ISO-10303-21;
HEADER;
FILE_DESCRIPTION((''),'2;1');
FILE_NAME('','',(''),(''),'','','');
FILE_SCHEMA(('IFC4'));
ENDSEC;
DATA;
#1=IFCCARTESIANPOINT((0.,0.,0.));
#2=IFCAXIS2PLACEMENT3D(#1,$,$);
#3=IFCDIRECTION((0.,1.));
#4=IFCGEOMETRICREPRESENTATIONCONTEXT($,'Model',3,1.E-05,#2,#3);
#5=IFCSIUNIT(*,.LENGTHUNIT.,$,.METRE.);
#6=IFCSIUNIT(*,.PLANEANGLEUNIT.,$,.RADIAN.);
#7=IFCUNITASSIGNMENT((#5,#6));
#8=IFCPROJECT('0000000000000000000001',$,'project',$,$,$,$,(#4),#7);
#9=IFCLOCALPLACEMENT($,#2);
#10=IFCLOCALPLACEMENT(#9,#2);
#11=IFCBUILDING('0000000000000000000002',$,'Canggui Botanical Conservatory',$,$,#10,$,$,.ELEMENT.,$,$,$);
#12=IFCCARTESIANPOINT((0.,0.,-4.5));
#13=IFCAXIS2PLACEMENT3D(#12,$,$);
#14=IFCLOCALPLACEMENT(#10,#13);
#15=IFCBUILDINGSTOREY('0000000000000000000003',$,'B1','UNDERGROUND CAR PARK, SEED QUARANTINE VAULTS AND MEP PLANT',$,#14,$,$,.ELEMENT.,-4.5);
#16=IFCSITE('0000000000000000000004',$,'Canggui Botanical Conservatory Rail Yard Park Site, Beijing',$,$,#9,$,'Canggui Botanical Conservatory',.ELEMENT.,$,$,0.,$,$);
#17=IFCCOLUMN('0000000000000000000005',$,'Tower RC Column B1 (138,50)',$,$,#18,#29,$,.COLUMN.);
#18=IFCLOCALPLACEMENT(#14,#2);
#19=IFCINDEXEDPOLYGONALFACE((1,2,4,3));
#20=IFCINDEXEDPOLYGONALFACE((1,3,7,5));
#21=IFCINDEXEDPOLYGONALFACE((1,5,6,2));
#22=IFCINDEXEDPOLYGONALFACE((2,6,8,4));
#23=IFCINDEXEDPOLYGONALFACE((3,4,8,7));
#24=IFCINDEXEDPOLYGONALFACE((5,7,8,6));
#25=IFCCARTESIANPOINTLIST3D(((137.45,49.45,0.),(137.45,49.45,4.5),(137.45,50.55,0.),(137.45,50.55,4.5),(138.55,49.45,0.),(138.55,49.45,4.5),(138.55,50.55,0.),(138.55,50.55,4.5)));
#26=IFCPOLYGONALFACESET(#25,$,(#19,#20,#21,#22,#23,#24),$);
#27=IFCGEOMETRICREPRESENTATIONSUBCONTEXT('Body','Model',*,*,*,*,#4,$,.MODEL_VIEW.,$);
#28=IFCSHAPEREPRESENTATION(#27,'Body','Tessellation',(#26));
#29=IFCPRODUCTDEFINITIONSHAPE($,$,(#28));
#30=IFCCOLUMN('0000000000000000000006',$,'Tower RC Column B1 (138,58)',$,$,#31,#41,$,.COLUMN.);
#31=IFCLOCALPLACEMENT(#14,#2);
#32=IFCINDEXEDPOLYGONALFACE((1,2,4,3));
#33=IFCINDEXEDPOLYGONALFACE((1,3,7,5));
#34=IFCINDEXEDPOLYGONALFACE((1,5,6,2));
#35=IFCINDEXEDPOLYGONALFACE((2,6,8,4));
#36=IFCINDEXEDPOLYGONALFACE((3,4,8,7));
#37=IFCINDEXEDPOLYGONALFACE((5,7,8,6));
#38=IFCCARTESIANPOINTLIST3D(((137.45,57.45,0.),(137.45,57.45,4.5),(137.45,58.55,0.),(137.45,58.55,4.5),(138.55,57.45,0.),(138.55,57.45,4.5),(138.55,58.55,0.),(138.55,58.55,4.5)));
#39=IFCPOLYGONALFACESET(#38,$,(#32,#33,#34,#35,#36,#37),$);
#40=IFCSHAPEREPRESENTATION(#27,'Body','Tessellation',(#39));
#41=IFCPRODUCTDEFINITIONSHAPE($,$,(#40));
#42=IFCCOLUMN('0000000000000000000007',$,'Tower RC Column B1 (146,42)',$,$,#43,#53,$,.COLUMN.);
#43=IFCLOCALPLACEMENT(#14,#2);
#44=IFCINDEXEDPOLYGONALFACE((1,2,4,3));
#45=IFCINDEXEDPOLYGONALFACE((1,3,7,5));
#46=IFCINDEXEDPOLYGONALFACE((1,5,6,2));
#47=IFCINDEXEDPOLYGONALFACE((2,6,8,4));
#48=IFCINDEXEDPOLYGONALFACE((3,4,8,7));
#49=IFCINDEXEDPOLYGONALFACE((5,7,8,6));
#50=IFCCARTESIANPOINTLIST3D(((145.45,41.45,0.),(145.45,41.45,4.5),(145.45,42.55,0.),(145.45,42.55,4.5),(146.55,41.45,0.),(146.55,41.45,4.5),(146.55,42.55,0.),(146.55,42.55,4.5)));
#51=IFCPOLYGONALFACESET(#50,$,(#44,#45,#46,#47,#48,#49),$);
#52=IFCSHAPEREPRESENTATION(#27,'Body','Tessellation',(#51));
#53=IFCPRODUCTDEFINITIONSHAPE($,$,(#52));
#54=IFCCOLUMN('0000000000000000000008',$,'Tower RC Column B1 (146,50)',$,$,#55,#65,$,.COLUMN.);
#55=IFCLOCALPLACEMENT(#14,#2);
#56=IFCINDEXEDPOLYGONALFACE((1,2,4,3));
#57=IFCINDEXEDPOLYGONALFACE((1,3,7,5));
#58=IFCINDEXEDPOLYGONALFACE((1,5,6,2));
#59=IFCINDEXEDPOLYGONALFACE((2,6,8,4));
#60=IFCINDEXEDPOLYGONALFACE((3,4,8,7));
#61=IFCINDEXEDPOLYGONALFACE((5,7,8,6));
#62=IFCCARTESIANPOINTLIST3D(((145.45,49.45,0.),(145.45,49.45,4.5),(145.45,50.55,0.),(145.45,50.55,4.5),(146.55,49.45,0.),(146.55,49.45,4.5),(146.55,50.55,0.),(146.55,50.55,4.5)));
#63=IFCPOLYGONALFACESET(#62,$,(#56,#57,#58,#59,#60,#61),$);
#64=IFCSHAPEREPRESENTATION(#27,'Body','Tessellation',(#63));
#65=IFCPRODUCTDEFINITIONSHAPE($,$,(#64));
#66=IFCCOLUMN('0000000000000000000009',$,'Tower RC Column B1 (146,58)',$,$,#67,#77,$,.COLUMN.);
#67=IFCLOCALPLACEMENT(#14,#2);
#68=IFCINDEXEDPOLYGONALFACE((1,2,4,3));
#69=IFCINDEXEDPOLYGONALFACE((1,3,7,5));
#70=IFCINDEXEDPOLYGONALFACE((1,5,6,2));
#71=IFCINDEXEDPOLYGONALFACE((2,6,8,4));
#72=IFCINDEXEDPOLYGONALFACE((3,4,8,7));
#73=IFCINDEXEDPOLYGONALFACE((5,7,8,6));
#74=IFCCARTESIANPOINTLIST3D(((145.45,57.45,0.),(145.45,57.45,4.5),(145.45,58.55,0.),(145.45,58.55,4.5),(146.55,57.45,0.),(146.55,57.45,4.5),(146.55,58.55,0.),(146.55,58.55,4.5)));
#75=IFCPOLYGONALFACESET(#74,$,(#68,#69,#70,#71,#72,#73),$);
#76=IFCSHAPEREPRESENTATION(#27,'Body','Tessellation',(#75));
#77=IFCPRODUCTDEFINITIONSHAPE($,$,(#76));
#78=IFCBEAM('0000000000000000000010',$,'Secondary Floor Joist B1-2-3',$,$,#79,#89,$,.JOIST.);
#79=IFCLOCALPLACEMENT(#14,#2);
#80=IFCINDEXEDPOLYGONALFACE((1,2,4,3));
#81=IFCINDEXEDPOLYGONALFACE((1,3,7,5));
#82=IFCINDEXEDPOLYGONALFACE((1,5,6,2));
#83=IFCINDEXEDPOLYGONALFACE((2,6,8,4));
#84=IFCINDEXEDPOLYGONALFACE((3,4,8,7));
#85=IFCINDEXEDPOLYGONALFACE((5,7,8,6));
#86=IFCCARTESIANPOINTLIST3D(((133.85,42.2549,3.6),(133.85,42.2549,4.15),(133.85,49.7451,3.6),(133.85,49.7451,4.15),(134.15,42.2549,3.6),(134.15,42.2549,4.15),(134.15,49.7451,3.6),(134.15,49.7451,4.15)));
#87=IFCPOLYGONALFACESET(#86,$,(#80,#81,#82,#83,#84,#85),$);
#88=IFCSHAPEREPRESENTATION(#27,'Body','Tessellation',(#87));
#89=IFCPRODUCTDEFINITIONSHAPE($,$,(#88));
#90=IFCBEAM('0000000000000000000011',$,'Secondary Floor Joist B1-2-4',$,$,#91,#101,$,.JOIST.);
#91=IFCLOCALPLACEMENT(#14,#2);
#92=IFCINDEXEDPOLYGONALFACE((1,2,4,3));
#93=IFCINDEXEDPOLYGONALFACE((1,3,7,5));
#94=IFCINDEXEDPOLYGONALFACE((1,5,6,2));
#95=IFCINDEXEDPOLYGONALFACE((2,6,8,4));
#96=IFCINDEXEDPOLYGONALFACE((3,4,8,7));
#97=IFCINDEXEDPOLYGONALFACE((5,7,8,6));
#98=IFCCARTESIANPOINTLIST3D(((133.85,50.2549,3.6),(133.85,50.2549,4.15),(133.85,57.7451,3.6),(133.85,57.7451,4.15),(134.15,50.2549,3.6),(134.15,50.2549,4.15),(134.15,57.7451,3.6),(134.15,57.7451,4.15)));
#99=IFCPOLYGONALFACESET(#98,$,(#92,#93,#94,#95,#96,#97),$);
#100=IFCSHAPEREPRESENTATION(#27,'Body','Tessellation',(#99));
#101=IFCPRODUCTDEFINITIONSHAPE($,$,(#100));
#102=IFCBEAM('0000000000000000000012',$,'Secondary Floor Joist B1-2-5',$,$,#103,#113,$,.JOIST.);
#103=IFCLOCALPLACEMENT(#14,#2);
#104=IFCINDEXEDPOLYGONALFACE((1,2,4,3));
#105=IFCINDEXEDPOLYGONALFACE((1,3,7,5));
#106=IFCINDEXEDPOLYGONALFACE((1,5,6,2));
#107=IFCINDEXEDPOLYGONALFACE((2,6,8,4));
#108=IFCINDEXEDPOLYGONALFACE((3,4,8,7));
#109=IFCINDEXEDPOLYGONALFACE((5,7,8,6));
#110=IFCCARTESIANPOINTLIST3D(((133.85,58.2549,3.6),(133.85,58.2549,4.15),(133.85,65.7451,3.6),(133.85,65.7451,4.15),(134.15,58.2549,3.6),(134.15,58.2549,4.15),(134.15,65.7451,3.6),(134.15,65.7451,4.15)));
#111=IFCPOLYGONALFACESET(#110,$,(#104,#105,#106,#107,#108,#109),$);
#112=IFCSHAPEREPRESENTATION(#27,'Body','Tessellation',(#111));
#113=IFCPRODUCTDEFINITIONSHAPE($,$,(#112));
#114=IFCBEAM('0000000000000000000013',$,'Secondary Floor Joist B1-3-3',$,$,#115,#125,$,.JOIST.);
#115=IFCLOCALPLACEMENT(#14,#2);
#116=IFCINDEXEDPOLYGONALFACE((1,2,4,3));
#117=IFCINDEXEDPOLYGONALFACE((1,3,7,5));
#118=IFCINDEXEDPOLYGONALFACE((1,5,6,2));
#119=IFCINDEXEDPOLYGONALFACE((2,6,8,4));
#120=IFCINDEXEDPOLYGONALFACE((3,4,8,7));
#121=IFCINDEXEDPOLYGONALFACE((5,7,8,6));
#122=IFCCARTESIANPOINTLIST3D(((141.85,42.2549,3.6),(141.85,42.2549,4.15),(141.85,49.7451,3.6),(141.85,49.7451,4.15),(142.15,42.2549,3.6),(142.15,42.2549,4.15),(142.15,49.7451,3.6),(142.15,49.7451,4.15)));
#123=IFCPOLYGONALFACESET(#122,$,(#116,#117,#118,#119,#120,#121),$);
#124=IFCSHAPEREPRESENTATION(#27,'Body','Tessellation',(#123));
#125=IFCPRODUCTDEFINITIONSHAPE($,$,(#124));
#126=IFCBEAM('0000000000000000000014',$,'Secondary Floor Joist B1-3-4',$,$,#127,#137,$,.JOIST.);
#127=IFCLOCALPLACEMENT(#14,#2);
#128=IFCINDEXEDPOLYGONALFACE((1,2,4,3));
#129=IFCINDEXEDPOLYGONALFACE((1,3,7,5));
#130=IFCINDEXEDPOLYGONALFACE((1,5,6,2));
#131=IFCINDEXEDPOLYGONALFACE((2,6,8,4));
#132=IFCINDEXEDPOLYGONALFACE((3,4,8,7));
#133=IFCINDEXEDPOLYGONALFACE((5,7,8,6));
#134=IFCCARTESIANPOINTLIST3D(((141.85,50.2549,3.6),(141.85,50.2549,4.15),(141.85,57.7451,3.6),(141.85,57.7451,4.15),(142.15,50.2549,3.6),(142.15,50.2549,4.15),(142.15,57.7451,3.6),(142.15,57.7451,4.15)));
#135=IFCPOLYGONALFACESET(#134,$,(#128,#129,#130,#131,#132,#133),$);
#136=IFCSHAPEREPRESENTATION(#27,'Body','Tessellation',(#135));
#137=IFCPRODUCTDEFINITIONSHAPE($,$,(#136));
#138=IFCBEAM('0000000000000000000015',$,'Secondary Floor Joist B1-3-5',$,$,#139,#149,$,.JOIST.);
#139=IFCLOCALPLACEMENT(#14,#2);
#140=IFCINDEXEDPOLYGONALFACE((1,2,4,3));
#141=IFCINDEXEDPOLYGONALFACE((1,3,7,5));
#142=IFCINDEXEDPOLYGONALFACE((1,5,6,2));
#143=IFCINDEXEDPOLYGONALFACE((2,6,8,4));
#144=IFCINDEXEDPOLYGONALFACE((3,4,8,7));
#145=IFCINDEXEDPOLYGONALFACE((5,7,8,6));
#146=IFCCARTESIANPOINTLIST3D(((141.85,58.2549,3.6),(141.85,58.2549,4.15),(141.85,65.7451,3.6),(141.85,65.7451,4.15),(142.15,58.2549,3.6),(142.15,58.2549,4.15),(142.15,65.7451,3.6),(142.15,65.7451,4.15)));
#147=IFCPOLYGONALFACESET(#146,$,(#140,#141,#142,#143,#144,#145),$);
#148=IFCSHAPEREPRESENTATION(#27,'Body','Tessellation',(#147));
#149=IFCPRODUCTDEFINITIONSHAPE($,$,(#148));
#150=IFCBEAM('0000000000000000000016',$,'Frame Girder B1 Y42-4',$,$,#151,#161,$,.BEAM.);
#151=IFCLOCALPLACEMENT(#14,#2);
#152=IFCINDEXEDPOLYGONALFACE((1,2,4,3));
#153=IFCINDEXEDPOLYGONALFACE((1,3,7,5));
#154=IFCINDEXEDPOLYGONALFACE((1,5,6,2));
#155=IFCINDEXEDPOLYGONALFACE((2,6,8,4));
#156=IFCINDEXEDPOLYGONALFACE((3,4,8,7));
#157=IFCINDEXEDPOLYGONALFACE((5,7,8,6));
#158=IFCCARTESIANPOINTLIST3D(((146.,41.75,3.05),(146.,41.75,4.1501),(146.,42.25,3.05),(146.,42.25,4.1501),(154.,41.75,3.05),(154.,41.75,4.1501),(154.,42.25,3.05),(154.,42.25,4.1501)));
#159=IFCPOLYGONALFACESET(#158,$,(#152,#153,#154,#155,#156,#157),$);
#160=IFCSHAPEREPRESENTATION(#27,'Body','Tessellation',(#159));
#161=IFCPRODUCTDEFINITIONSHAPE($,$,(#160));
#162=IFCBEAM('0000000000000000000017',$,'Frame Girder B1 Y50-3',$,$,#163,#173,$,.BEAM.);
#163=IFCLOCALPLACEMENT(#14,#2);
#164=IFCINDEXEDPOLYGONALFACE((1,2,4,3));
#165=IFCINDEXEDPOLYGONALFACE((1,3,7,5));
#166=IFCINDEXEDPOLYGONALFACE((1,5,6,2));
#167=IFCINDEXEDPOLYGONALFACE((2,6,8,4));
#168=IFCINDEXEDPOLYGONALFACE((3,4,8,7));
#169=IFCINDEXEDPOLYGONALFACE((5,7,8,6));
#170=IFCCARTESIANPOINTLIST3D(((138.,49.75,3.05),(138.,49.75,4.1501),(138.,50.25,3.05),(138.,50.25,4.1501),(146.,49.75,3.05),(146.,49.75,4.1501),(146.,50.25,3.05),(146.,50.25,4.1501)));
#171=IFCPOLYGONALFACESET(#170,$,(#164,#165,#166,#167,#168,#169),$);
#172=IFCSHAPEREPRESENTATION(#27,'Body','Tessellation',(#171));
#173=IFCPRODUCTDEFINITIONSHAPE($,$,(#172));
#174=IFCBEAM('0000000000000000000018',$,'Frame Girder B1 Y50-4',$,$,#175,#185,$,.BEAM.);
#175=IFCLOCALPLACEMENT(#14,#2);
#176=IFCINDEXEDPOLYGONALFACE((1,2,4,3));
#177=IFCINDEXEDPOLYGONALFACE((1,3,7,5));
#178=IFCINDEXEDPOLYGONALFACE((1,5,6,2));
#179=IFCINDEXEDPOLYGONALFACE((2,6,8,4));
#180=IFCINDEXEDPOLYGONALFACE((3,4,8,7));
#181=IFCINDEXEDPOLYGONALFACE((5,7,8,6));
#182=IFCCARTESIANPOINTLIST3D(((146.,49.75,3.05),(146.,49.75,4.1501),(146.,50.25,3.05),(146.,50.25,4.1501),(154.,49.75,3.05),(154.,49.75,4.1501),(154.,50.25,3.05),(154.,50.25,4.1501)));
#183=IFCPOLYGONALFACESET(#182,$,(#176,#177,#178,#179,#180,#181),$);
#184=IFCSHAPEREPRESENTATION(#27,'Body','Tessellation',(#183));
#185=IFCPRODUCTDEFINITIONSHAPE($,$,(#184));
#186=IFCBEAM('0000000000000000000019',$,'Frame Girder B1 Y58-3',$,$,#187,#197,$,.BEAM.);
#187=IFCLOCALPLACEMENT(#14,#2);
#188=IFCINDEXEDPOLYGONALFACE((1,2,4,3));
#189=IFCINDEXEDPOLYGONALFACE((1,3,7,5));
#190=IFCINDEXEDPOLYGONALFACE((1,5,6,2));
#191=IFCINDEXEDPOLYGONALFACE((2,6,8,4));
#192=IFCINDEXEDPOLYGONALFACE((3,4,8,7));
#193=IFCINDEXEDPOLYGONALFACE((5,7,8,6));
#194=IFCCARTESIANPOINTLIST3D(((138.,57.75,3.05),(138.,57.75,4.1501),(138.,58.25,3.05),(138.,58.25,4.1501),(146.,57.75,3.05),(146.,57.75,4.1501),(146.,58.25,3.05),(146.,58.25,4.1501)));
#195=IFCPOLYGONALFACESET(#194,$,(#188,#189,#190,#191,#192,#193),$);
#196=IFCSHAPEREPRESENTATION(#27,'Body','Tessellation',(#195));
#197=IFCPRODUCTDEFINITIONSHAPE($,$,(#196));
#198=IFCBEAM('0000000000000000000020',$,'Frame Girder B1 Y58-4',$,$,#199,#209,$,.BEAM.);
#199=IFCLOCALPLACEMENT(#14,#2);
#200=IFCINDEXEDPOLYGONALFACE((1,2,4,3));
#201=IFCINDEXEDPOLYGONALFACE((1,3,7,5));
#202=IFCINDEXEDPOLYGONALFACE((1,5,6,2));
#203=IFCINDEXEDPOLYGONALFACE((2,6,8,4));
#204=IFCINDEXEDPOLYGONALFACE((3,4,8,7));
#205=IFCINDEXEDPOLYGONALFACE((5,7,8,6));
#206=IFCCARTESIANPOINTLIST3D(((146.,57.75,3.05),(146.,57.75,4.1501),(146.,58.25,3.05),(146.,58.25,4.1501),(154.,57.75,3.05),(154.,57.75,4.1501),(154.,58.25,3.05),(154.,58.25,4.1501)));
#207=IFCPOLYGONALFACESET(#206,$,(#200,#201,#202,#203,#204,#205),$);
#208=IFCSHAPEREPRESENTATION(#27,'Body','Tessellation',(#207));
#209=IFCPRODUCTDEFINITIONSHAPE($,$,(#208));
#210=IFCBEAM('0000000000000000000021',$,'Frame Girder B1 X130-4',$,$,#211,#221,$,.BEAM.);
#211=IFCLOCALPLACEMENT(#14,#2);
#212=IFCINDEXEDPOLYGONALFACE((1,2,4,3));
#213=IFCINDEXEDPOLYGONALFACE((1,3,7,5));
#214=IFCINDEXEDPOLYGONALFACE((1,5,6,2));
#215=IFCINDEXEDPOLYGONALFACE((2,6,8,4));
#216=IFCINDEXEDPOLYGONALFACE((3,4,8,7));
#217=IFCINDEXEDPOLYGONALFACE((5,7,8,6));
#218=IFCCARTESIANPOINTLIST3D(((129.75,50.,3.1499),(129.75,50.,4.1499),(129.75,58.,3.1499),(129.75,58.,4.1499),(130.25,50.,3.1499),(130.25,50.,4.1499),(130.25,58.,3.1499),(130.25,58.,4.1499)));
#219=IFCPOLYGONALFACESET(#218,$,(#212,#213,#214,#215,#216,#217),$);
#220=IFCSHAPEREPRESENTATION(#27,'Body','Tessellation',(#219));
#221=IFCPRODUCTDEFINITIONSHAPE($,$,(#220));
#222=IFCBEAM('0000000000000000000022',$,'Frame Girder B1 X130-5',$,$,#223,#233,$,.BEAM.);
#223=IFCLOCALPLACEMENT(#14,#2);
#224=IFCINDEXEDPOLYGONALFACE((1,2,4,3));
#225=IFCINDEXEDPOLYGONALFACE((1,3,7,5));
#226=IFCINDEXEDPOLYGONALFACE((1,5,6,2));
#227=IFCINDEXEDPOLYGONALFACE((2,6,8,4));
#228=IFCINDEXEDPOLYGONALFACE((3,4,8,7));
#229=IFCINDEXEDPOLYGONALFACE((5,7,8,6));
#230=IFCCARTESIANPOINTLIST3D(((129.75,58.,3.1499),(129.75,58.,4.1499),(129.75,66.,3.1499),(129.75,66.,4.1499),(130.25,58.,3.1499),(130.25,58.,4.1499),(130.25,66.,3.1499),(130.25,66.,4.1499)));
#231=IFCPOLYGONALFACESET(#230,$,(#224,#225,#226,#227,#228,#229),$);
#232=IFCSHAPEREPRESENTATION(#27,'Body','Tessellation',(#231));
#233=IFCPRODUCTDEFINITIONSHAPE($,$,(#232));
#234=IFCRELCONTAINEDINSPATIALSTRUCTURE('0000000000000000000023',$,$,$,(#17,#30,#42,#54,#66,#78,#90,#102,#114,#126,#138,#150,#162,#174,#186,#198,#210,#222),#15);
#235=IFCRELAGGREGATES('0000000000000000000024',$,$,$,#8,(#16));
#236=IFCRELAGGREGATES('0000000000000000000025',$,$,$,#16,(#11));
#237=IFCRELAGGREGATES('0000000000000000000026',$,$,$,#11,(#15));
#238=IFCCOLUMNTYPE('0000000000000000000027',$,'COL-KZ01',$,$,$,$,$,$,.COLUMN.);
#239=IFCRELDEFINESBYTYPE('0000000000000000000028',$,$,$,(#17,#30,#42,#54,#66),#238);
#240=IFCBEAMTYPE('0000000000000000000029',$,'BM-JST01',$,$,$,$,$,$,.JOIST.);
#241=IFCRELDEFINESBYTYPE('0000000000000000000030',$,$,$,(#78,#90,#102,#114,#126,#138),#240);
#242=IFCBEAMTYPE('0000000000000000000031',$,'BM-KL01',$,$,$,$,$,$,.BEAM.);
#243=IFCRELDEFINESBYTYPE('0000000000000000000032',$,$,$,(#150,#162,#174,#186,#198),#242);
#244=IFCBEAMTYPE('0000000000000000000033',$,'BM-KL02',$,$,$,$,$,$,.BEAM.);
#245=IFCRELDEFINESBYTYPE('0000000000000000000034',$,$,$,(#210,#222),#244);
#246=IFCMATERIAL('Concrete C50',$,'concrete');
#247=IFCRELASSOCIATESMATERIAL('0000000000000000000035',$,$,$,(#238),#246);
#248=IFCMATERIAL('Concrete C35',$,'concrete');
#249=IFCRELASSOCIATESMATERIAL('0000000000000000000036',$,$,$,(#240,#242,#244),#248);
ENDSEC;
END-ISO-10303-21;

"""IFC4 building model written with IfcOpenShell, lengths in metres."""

from ifc_helpers import new_model, si_unit, direction, frame, origin, origin_2d, place, context, subcontext, project, spatial, rectangle, extrude, material, material_profile, profile_set, type_object, element, save


model = new_model("IFC4")

# Units and contexts
model_context = context("Model", 3, precision=1e-05, world=origin(), true_north=direction((0.0, 1.0)))
body_context = subcontext(model_context, "Body", "Model", "MODEL_VIEW")
ifc_project = project(units=[si_unit("LENGTHUNIT", "METRE"), si_unit("PLANEANGLEUNIT", "RADIAN")], contexts=[model_context])

# Site, building, storey
site_placement = place(None, origin())
site = spatial("IfcSite", under=ifc_project, at=site_placement, Name="Canggui Botanical Conservatory Rail Yard Park Site, Beijing", LongName="Canggui Botanical Conservatory", CompositionType="ELEMENT", RefElevation=0.0)
building_placement = place(site_placement, origin())
building = spatial("IfcBuilding", under=site, at=building_placement, Name="Canggui Botanical Conservatory", CompositionType="ELEMENT")
storey_placement = place(building_placement, frame((0.0, 0.0, -4.5)))
storey = spatial("IfcBuildingStorey", under=building, at=storey_placement, Name="B1", Description="UNDERGROUND CAR PARK, SEED QUARANTINE VAULTS AND MEP PLANT", CompositionType="ELEMENT", Elevation=-4.5)

# Columns
ifc_material_1 = material(Name="Concrete C50", Category="concrete")
ifc_material_profile_1 = material_profile(ifc_material_1, rectangle(XDim=1.1001, YDim=1.1001, at=origin_2d()), Name="RC 1100x1100")
ifc_profile_set_1 = profile_set([ifc_material_profile_1], Name="Concrete C50")
column_type = type_object("IfcColumnType", Name="COL-KZ01", PredefinedType="COLUMN", material=ifc_profile_set_1)
for number, where, z_axis, x_axis, name in (
    (1, (138.0, 50.0, 0.0), (0.0, 0.0, 1.0), (1.0, 0.0, 0.0), "Tower RC Column B1 (138,50)"),
    (2, (138.0, 58.0, 0.0), (0.0, 0.0, 1.0), (1.0, 0.0, 0.0), "Tower RC Column B1 (138,58)"),
    (3, (146.0, 42.0, 0.0), (0.0, 0.0, 1.0), (1.0, 0.0, 0.0), "Tower RC Column B1 (146,42)"),
    (4, (146.0, 50.0, 0.0), (0.0, 0.0, 1.0), (1.0, 0.0, 0.0), "Tower RC Column B1 (146,50)"),
    (5, (146.0, 58.0, 0.0), (0.0, 0.0, 1.0), (1.0, 0.0, 0.0), "Tower RC Column B1 (146,58)"),
):
    element("IfcColumn", number, at=place(storey_placement, frame(where, z_axis=z_axis, x_axis=x_axis)), inside=storey, type_object=column_type, Name=name, PredefinedType="COLUMN", context=body_context, shape_type="SweptSolid", body=[
        extrude(rectangle(XDim=1.1001, YDim=1.1001, at=origin_2d()), origin(), (0.0, 0.0, 1.0), 4.5),
    ])

# Beams
ifc_material_2 = material(Name="Concrete C35", Category="concrete")
ifc_material_profile_2 = material_profile(ifc_material_2, rectangle(XDim=0.3, YDim=0.55, at=origin_2d()), Name="RB 300x550")
ifc_profile_set_2 = profile_set([ifc_material_profile_2], Name="Concrete C35")
beam_type_1 = type_object("IfcBeamType", Name="BM-JST01", PredefinedType="JOIST", material=ifc_profile_set_2)
for number, where, z_axis, x_axis, name in (
    (6, (134.0, 42.2549, 3.875), (0.0, 1.0, 0.0), (-1.0, 0.0, 0.0), "Secondary Floor Joist B1-2-3"),
    (7, (134.0, 50.2549, 3.875), (0.0, 1.0, 0.0), (-1.0, 0.0, 0.0), "Secondary Floor Joist B1-2-4"),
    (8, (134.0, 58.2549, 3.875), (0.0, 1.0, 0.0), (-1.0, 0.0, 0.0), "Secondary Floor Joist B1-2-5"),
    (9, (142.0, 42.2549, 3.875), (0.0, 1.0, 0.0), (-1.0, 0.0, 0.0), "Secondary Floor Joist B1-3-3"),
    (10, (142.0, 50.2549, 3.875), (0.0, 1.0, 0.0), (-1.0, 0.0, 0.0), "Secondary Floor Joist B1-3-4"),
    (11, (142.0, 58.2549, 3.875), (0.0, 1.0, 0.0), (-1.0, 0.0, 0.0), "Secondary Floor Joist B1-3-5"),
):
    element("IfcBeam", number, at=place(storey_placement, frame(where, z_axis=z_axis, x_axis=x_axis)), inside=storey, type_object=beam_type_1, Name=name, PredefinedType="JOIST", context=body_context, shape_type="SweptSolid", body=[
        extrude(rectangle(XDim=0.3, YDim=0.55, at=origin_2d()), origin(), (0.0, 0.0, 1.0), 7.4902),
    ])
ifc_material_profile_3 = material_profile(ifc_material_2, rectangle(XDim=0.5, YDim=1.1001, at=origin_2d()), Name="RB 500x1100")
ifc_profile_set_3 = profile_set([ifc_material_profile_3], Name="Concrete C35")
beam_type_2 = type_object("IfcBeamType", Name="BM-KL01", PredefinedType="BEAM", material=ifc_profile_set_3)
for number, where, z_axis, x_axis, name in (
    (12, (146.0, 42.0, 3.6001), (1.0, 0.0, 0.0), (0.0, 1.0, 0.0), "Frame Girder B1 Y42-4"),
    (13, (138.0, 50.0, 3.6001), (1.0, 0.0, 0.0), (0.0, 1.0, 0.0), "Frame Girder B1 Y50-3"),
    (14, (146.0, 50.0, 3.6001), (1.0, 0.0, 0.0), (0.0, 1.0, 0.0), "Frame Girder B1 Y50-4"),
    (15, (138.0, 58.0, 3.6001), (1.0, 0.0, 0.0), (0.0, 1.0, 0.0), "Frame Girder B1 Y58-3"),
    (16, (146.0, 58.0, 3.6001), (1.0, 0.0, 0.0), (0.0, 1.0, 0.0), "Frame Girder B1 Y58-4"),
):
    element("IfcBeam", number, at=place(storey_placement, frame(where, z_axis=z_axis, x_axis=x_axis)), inside=storey, type_object=beam_type_2, Name=name, PredefinedType="BEAM", context=body_context, shape_type="SweptSolid", body=[
        extrude(rectangle(XDim=0.5, YDim=1.1001, at=origin_2d()), origin(), (0.0, 0.0, 1.0), 8.0),
    ])
ifc_material_profile_4 = material_profile(ifc_material_2, rectangle(XDim=0.5, YDim=1.0, at=origin_2d()), Name="RB 500x1000")
ifc_profile_set_4 = profile_set([ifc_material_profile_4], Name="Concrete C35")
beam_type_3 = type_object("IfcBeamType", Name="BM-KL02", PredefinedType="BEAM", material=ifc_profile_set_4)
for number, where, z_axis, x_axis, name in (
    (17, (130.0, 50.0, 3.6499), (0.0, 1.0, 0.0), (-1.0, 0.0, 0.0), "Frame Girder B1 X130-4"),
    (18, (130.0, 58.0, 3.6499), (0.0, 1.0, 0.0), (-1.0, 0.0, 0.0), "Frame Girder B1 X130-5"),
):
    element("IfcBeam", number, at=place(storey_placement, frame(where, z_axis=z_axis, x_axis=x_axis)), inside=storey, type_object=beam_type_3, Name=name, PredefinedType="BEAM", context=body_context, shape_type="SweptSolid", body=[
        extrude(rectangle(XDim=0.5, YDim=1.0, at=origin_2d()), origin(), (0.0, 0.0, 1.0), 8.0),
    ])

save(model, "model.ifc")
